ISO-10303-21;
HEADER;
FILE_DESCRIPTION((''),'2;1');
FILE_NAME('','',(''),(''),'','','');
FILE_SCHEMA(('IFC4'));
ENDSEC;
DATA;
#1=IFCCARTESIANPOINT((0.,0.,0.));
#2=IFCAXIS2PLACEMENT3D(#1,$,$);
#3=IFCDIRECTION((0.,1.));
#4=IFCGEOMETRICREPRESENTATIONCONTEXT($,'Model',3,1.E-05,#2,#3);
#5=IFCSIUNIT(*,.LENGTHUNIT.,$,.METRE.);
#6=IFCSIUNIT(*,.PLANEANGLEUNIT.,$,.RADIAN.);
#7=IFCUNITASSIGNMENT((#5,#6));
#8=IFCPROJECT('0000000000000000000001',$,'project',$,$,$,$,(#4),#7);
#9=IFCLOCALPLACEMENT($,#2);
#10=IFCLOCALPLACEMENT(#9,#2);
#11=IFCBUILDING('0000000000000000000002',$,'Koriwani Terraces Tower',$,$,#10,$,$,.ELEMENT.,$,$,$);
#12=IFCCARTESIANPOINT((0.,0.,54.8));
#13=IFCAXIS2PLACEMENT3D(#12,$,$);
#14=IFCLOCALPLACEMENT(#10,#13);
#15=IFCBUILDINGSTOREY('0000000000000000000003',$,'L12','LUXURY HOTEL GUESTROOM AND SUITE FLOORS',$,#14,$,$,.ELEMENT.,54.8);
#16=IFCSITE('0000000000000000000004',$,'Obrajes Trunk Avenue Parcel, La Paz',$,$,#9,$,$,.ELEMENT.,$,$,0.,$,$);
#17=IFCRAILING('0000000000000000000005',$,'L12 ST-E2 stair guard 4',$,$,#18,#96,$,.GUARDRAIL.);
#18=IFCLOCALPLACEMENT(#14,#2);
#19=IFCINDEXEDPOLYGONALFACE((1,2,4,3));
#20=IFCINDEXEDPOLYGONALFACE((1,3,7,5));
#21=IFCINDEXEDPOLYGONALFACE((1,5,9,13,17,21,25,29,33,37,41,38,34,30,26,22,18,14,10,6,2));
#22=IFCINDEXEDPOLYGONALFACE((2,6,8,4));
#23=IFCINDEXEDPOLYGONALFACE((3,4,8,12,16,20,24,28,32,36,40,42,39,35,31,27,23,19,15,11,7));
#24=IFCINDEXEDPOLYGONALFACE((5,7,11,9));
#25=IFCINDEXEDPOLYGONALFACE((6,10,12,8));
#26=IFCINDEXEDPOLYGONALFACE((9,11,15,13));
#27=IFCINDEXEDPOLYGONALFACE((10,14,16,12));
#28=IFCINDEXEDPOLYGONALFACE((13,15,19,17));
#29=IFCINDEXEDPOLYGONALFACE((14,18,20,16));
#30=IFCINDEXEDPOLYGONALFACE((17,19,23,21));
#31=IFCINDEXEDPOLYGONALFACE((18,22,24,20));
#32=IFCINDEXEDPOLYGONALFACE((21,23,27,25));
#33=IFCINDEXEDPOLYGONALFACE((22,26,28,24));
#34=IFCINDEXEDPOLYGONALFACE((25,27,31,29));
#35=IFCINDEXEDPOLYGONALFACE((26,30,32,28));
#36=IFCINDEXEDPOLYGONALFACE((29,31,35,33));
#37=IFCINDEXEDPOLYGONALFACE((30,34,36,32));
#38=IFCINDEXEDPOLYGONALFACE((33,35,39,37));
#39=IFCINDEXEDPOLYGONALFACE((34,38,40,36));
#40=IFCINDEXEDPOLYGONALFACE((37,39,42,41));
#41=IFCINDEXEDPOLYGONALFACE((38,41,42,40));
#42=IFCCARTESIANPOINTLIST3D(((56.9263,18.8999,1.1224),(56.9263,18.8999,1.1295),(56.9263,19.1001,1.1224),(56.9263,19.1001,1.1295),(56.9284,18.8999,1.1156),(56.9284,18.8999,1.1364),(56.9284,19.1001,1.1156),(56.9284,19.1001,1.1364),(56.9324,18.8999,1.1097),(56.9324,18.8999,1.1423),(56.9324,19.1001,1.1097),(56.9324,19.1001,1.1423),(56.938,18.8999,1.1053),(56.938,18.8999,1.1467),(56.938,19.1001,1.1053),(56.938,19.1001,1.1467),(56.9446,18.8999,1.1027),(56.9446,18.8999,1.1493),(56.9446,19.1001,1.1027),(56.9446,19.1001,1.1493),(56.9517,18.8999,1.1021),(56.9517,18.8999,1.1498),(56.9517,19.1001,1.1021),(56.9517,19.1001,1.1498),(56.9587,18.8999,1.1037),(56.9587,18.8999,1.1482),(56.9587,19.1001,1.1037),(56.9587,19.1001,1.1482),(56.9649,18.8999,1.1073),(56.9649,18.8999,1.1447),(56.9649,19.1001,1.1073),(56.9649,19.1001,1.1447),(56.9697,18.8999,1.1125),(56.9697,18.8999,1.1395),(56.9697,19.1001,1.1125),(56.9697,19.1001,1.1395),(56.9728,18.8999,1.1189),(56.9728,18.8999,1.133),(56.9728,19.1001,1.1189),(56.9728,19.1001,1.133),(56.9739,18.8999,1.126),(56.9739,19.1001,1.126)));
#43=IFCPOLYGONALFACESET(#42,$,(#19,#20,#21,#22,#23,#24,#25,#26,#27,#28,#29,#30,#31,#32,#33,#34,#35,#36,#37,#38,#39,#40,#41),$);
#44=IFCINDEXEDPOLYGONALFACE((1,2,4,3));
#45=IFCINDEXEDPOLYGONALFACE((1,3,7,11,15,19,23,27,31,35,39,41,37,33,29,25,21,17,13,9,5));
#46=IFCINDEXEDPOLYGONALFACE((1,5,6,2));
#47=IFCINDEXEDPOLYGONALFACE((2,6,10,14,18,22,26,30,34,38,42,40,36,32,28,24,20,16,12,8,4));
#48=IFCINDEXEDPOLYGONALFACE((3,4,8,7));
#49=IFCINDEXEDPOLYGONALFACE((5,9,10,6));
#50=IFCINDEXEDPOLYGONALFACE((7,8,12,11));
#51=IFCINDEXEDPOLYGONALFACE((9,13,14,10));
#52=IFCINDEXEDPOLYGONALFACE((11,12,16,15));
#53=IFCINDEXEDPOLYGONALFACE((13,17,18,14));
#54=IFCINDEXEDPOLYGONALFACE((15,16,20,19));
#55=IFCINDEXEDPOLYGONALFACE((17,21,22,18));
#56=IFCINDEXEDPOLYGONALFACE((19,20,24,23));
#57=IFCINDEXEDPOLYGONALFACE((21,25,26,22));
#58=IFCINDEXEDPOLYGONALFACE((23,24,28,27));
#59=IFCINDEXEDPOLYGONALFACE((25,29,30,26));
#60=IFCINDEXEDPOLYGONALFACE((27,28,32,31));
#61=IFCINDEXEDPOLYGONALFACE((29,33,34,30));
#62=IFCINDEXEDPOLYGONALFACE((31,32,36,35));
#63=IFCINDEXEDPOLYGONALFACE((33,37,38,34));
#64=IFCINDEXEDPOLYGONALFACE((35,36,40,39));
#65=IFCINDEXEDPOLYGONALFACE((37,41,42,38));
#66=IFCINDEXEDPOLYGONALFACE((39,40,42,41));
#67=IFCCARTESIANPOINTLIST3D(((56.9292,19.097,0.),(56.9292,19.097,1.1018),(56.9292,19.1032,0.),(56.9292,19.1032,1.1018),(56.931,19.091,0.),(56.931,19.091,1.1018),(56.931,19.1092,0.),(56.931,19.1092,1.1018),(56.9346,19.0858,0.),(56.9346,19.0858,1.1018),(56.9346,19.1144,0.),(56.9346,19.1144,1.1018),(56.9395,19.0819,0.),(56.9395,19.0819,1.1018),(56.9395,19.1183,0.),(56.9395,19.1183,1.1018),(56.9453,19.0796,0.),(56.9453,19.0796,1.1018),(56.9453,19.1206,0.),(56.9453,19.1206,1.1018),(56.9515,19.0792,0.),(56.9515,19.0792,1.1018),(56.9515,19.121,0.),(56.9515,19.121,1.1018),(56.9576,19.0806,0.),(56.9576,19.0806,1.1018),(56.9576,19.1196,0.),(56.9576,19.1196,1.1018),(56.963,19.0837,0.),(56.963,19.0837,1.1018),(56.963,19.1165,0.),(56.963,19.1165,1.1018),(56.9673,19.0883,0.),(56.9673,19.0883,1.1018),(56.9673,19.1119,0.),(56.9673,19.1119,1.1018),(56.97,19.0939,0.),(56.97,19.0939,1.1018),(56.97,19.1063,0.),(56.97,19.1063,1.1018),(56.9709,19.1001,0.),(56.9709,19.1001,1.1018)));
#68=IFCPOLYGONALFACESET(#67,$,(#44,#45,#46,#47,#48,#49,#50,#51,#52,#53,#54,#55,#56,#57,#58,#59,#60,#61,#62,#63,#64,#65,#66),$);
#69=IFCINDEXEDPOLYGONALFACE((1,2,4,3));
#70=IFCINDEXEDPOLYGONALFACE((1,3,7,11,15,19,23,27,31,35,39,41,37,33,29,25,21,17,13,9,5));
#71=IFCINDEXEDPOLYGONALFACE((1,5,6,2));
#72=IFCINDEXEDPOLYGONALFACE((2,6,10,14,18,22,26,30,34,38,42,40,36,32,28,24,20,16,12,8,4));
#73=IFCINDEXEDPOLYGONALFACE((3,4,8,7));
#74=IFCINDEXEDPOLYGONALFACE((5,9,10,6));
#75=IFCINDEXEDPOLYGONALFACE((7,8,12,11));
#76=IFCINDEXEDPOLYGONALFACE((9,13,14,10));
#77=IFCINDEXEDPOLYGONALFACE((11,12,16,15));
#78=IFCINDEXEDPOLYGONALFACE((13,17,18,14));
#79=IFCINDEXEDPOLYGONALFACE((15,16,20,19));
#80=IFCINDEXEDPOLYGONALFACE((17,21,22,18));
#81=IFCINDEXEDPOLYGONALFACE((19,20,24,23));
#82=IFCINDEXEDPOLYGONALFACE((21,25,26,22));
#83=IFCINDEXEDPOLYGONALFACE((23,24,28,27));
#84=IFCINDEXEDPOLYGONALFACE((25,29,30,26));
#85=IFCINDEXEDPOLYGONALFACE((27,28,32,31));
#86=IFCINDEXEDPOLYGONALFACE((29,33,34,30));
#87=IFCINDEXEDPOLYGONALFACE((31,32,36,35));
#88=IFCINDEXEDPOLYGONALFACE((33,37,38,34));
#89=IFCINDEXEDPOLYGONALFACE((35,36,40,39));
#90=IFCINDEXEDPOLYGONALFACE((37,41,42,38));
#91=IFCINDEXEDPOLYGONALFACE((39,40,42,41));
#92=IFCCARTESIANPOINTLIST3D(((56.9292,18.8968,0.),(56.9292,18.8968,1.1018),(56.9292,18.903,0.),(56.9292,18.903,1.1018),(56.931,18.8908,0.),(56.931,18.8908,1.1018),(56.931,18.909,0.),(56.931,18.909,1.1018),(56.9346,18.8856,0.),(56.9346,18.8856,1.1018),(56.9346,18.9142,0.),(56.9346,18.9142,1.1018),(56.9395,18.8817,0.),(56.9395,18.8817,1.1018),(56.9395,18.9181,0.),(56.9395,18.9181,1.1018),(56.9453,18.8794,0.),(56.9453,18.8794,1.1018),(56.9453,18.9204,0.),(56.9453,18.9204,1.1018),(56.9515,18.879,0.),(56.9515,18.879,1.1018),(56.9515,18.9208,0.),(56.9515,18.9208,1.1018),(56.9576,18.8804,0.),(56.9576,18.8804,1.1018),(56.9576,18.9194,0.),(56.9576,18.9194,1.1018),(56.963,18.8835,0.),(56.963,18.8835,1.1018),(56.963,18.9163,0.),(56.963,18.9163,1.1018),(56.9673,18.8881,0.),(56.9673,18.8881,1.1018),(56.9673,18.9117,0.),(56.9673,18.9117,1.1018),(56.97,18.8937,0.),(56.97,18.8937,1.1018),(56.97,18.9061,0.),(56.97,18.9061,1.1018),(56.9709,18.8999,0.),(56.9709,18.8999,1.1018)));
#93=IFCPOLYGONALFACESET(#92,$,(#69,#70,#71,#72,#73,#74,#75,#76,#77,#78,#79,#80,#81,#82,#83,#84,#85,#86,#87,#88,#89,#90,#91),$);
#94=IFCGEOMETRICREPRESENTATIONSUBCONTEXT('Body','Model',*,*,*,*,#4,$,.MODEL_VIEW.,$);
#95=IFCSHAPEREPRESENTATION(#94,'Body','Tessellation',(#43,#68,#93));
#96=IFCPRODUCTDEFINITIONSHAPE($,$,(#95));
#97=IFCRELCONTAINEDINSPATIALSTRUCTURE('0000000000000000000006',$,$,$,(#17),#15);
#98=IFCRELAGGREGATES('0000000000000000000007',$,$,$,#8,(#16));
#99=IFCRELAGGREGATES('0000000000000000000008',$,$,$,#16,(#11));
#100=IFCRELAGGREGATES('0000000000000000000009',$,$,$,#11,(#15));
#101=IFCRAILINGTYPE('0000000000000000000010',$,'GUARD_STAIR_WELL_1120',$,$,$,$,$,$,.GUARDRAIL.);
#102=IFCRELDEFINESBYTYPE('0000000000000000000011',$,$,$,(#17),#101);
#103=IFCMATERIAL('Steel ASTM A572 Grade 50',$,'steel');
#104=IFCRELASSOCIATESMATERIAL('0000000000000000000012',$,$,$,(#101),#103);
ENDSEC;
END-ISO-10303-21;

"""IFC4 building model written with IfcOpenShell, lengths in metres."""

from ifc_helpers import new_model, si_unit, direction, frame, origin, origin_2d, place, context, subcontext, project, spatial, circle, extrude, material, type_object, element, save


model = new_model("IFC4")

# Units and contexts
model_context = context("Model", 3, precision=1e-05, world=origin(), true_north=direction((0.0, 1.0)))
body_context = subcontext(model_context, "Body", "Model", "MODEL_VIEW")
ifc_project = project(units=[si_unit("LENGTHUNIT", "METRE"), si_unit("PLANEANGLEUNIT", "RADIAN")], contexts=[model_context])

# Site, building, storey
site_placement = place(None, origin())
site = spatial("IfcSite", under=ifc_project, at=site_placement, Name="Obrajes Trunk Avenue Parcel, La Paz", CompositionType="ELEMENT", RefElevation=0.0)
building_placement = place(site_placement, origin())
building = spatial("IfcBuilding", under=site, at=building_placement, Name="Koriwani Terraces Tower", CompositionType="ELEMENT")
storey_placement = place(building_placement, frame((0.0, 0.0, 54.8)))
storey = spatial("IfcBuildingStorey", under=building, at=storey_placement, Name="L12", Description="LUXURY HOTEL GUESTROOM AND SUITE FLOORS", CompositionType="ELEMENT", Elevation=54.8)

# Shared definitions
ifc_material_1 = material(Name="Steel ASTM A572 Grade 50", Category="steel")

# Railing
railing_type_1 = type_object("IfcRailingType", Name="GUARD_STAIR_WELL_1120", PredefinedType="GUARDRAIL", material=ifc_material_1)
railing_1_placement = place(storey_placement, frame((56.95, 19.1001, 0.0)))
element("IfcRailing", 1, at=railing_1_placement, inside=storey, type_object=railing_type_1, Name="L12 ST-E2 stair guard 4", PredefinedType="GUARDRAIL", context=body_context, shape_type="SweptSolid", body=[
    extrude(circle(Radius=0.0239, at=origin_2d()), frame((0.0, 0.0, 1.126), z_axis=(0.0, -1.0, 0.0), x_axis=(1.0, 0.0, 0.0)), (0.0, 0.0, 1.0), 0.2002),
    extrude(circle(Radius=0.021, at=origin_2d()), origin(), (0.0, 0.0, 1.0), 1.1018),
    extrude(circle(Radius=0.021, at=origin_2d()), frame((0.0, -0.2002, 0.0)), (0.0, 0.0, 1.0), 1.1018),
])

save(model, "model.ifc")
